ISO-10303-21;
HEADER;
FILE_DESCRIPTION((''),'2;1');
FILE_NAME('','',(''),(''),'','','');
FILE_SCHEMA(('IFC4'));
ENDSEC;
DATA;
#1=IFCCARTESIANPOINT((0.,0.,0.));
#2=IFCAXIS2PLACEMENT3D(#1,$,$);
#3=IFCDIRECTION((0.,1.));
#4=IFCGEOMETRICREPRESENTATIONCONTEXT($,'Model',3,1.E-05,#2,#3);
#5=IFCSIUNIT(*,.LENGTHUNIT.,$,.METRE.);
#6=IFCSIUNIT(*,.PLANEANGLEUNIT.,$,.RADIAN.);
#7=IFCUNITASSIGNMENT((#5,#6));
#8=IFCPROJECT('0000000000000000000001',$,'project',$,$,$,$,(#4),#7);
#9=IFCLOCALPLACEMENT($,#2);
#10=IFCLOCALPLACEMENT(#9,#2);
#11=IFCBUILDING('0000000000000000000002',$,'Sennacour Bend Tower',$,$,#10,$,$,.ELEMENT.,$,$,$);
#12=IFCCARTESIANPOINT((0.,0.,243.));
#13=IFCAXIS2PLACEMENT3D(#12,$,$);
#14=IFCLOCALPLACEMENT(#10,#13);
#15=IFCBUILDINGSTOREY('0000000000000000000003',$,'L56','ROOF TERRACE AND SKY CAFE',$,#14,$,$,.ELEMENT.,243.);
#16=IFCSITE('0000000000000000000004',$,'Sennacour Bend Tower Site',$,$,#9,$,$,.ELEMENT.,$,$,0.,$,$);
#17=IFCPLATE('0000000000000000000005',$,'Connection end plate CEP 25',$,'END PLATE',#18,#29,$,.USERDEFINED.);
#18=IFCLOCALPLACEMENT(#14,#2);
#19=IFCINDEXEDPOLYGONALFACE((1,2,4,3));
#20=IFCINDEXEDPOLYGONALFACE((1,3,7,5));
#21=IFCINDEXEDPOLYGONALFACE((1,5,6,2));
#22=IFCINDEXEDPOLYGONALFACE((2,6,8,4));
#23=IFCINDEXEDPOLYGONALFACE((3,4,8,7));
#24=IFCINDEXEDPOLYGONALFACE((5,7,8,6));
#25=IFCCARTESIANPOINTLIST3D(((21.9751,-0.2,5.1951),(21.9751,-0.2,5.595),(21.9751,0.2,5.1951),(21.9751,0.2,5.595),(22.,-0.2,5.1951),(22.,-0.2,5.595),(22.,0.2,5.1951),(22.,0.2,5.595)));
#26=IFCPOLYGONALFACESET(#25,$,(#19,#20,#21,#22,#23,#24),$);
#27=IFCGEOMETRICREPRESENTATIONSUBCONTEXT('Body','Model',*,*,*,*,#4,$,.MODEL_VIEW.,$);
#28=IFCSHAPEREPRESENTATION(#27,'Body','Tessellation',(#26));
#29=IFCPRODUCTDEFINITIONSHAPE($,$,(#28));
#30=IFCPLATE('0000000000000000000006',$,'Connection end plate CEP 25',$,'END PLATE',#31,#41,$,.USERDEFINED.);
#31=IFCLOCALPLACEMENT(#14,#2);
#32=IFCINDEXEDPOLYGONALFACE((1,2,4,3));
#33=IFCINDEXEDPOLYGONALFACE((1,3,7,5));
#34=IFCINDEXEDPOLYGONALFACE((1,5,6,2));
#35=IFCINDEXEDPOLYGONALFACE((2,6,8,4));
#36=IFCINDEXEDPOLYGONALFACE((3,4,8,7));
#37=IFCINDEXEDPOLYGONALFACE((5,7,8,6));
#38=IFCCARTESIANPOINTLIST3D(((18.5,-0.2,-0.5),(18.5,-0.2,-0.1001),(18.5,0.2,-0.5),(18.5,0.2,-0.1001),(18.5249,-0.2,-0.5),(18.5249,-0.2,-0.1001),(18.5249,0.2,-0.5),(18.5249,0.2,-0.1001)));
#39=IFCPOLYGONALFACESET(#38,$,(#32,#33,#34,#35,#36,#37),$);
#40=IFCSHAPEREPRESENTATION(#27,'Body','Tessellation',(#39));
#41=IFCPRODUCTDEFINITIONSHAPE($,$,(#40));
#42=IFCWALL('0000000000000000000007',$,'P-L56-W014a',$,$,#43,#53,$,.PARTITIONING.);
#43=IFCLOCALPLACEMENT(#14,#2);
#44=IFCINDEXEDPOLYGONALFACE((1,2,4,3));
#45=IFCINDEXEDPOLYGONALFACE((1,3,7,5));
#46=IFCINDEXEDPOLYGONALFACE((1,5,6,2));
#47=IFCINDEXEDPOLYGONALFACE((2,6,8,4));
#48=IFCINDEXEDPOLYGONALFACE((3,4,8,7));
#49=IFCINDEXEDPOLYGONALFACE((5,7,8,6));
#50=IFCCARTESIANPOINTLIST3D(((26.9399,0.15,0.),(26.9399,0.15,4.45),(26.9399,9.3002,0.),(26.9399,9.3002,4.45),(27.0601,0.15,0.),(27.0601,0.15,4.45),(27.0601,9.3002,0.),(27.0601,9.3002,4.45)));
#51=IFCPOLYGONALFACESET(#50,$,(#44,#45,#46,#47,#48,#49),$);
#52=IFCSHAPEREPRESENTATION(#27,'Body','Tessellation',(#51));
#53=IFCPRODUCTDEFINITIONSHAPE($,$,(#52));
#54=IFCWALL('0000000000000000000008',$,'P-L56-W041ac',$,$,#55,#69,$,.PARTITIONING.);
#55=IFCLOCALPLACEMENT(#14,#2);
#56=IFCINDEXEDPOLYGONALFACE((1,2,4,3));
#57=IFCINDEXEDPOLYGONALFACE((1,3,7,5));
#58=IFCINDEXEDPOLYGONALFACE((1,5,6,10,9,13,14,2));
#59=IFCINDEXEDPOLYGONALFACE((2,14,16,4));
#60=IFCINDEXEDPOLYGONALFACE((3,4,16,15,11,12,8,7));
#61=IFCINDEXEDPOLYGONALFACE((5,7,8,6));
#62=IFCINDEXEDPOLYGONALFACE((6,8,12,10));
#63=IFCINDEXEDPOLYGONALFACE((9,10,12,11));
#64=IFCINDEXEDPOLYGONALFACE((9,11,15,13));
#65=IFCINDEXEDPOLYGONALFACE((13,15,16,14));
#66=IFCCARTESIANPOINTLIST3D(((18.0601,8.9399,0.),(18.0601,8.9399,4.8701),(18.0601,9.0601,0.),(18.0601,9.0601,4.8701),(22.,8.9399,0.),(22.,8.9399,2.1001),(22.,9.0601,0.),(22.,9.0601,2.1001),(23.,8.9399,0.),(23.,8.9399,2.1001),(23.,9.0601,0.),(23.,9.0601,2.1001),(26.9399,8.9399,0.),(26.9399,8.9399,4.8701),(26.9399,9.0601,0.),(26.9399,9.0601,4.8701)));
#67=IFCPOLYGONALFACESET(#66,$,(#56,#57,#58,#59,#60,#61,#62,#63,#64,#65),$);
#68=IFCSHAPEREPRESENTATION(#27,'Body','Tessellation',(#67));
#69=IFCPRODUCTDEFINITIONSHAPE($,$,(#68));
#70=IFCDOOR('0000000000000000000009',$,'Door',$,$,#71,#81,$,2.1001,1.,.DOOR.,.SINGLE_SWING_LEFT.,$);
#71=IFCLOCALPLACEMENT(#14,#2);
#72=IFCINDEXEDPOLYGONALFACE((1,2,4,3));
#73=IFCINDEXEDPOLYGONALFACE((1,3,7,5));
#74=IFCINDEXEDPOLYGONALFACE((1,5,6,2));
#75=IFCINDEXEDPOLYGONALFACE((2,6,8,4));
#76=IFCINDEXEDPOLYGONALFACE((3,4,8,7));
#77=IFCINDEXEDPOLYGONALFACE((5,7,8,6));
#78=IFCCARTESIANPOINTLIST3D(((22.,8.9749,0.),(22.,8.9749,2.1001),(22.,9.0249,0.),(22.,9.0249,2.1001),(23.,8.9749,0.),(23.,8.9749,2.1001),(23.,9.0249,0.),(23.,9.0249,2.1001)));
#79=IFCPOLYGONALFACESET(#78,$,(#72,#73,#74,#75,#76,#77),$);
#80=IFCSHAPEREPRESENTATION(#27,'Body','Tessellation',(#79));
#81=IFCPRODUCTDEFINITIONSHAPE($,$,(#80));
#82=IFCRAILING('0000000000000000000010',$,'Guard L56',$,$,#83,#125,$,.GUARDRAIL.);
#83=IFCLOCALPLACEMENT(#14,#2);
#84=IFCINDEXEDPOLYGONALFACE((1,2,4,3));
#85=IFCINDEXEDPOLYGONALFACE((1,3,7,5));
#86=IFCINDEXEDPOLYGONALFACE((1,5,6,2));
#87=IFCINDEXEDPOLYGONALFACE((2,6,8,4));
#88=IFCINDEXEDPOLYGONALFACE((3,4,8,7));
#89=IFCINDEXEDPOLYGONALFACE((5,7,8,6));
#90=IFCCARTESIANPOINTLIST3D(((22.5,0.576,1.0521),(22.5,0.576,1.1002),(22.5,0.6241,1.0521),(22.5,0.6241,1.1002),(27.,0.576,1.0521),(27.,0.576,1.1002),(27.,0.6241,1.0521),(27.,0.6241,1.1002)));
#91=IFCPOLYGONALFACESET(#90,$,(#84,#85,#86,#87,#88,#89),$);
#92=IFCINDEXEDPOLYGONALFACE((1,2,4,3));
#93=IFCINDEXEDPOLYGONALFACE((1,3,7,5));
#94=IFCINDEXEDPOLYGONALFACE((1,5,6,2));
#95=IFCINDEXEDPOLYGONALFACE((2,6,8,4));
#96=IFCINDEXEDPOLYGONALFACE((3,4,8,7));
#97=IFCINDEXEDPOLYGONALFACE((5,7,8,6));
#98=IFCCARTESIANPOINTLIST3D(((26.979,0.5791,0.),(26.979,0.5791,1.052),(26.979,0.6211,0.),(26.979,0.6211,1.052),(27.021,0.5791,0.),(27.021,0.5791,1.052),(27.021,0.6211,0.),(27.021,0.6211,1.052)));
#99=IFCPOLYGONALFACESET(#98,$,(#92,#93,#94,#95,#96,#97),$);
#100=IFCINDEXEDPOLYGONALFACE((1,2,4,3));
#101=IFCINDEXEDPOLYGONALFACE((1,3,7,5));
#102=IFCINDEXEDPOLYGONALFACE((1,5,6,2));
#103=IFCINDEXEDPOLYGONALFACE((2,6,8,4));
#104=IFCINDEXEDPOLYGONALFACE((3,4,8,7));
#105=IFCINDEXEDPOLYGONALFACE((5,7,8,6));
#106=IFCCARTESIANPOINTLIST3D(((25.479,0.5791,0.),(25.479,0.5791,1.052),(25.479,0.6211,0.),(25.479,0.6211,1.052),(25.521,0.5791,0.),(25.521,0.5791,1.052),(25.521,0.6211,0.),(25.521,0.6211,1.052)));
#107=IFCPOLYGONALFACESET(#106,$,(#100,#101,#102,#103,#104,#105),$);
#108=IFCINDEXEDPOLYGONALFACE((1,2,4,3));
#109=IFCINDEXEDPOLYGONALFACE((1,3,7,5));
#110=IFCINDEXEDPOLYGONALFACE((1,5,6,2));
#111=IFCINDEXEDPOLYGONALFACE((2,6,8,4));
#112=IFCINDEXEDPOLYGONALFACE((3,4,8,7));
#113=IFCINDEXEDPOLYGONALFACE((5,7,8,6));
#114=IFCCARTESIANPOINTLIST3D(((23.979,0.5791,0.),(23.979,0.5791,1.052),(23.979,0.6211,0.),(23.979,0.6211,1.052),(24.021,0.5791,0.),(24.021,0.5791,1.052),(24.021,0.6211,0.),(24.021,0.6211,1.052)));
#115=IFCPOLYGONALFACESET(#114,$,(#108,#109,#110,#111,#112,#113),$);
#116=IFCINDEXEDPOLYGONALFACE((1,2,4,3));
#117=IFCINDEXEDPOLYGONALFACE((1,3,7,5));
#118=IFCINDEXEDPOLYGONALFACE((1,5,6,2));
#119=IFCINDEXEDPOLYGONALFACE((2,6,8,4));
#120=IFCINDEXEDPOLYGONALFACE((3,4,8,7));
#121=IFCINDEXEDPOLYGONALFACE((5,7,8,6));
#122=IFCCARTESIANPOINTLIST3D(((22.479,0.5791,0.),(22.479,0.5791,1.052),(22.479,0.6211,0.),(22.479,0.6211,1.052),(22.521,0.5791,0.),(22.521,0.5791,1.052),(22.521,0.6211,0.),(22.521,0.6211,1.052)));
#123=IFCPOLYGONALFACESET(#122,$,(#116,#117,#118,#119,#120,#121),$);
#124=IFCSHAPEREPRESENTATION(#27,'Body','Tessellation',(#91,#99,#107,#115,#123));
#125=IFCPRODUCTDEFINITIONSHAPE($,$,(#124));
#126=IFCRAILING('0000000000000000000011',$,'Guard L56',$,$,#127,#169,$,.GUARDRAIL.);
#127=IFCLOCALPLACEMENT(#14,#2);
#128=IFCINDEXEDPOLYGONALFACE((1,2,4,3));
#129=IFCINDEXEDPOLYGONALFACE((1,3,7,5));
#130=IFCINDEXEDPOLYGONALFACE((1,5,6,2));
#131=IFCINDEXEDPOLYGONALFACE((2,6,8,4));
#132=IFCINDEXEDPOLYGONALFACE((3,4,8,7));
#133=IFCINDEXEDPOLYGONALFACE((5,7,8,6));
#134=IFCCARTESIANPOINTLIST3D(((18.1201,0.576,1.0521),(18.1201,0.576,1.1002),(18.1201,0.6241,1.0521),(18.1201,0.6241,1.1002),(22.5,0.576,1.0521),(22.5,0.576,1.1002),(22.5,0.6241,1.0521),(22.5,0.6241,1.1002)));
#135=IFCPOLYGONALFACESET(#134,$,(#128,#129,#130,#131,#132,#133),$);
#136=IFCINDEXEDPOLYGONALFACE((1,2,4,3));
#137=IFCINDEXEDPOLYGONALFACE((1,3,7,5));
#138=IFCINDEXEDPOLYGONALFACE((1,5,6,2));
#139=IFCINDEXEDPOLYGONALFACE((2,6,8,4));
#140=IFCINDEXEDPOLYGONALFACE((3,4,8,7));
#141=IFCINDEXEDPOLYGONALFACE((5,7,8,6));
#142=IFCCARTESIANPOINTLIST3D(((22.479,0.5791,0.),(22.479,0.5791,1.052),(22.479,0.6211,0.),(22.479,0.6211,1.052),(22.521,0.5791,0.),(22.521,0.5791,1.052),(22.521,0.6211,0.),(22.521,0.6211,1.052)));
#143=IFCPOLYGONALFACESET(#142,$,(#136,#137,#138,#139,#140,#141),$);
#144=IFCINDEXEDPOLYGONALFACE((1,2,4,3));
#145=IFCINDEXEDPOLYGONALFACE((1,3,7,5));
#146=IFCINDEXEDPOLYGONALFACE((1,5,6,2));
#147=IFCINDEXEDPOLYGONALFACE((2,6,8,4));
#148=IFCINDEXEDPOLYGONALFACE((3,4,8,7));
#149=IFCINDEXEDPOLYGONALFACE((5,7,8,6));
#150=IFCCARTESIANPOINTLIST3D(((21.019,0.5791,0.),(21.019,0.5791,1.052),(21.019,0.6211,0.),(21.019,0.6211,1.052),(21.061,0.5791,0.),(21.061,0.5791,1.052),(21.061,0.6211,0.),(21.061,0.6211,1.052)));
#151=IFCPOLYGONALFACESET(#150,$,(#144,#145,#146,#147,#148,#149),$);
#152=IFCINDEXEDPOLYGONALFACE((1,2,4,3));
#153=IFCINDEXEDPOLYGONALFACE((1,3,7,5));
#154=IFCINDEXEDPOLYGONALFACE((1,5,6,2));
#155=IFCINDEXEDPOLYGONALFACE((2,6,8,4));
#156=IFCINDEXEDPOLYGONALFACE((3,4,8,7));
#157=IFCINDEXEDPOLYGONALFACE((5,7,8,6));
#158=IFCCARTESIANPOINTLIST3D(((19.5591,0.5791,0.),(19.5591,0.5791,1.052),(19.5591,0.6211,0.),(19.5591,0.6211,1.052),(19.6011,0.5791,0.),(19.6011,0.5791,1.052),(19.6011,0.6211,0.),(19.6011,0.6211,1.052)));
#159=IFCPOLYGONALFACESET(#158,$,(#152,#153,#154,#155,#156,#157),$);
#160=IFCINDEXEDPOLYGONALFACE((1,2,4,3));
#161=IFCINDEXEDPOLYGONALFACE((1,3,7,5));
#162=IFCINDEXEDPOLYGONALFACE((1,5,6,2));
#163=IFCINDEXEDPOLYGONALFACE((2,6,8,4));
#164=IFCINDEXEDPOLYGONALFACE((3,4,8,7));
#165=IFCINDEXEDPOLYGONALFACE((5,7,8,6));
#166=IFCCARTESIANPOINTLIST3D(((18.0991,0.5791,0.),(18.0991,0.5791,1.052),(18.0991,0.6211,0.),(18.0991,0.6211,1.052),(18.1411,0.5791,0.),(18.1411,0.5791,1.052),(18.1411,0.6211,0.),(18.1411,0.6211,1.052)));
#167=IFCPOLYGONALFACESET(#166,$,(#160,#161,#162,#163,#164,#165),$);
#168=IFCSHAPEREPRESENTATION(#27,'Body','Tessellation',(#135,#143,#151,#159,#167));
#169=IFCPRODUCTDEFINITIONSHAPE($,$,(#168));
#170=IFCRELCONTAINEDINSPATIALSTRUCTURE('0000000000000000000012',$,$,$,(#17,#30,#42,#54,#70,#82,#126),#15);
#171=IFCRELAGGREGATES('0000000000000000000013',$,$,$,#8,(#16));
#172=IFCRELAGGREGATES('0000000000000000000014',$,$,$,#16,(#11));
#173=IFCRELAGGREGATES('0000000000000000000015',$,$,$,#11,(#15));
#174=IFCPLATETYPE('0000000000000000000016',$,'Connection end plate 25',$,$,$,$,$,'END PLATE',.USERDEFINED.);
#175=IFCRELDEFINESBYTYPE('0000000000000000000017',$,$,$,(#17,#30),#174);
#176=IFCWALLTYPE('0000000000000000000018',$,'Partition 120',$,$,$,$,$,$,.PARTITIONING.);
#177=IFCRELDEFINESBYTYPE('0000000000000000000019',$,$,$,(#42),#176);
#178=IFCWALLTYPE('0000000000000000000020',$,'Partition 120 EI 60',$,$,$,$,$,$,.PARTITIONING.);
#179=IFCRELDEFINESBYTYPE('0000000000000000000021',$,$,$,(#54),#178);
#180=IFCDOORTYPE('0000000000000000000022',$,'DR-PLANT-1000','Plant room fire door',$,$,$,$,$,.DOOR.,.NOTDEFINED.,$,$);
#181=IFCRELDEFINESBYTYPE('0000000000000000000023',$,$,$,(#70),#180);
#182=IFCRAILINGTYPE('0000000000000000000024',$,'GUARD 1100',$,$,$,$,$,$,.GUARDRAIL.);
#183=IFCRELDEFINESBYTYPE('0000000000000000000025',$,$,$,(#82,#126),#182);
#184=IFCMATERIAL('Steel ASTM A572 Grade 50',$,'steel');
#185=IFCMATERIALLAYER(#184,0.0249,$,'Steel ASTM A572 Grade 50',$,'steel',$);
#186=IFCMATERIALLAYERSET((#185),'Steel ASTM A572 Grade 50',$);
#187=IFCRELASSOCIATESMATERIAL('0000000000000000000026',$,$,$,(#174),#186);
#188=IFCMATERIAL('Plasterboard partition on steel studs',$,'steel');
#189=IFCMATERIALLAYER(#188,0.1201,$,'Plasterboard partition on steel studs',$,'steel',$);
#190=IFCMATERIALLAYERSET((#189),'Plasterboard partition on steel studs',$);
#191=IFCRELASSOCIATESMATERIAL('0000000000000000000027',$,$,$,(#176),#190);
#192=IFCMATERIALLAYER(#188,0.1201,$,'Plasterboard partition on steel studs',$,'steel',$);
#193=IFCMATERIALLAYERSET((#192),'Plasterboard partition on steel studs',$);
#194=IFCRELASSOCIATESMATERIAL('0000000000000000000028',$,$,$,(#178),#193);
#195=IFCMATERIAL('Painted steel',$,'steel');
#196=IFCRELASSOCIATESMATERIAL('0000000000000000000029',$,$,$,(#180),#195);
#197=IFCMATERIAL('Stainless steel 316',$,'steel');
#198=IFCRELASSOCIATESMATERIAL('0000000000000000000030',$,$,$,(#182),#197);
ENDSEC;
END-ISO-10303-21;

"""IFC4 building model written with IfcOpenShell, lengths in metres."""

from ifc_helpers import new_model, si_unit, direction, frame, frame_2d, origin, origin_2d, place, context, subcontext, project, spatial, rectangle, extrude, material, layer, layer_set, type_object, element, fill, save


model = new_model("IFC4")

# Units and contexts
model_context = context("Model", 3, precision=1e-05, world=origin(), true_north=direction((0.0, 1.0)))
body_context = subcontext(model_context, "Body", "Model", "MODEL_VIEW")
ifc_project = project(units=[si_unit("LENGTHUNIT", "METRE"), si_unit("PLANEANGLEUNIT", "RADIAN")], contexts=[model_context])

# Site, building, storey
site_placement = place(None, origin())
site = spatial("IfcSite", under=ifc_project, at=site_placement, Name="Sennacour Bend Tower Site", CompositionType="ELEMENT", RefElevation=0.0)
building_placement = place(site_placement, origin())
building = spatial("IfcBuilding", under=site, at=building_placement, Name="Sennacour Bend Tower", CompositionType="ELEMENT")
storey_placement = place(building_placement, frame((0.0, 0.0, 243.0)))
storey = spatial("IfcBuildingStorey", under=building, at=storey_placement, Name="L56", Description="ROOF TERRACE AND SKY CAFE", CompositionType="ELEMENT", Elevation=243.0)

# Shared definitions
ifc_material_1 = material(Name="Steel ASTM A572 Grade 50", Category="steel")

# Plates
ifc_layer_1 = layer(ifc_material_1, 0.0249, Name="Steel ASTM A572 Grade 50", Category="steel")
ifc_layer_set_1 = layer_set([ifc_layer_1], Name="Steel ASTM A572 Grade 50")
plate_type_1 = type_object("IfcPlateType", Name="Connection end plate 25", ElementType="END PLATE", PredefinedType="USERDEFINED", material=ifc_layer_set_1)
for number, where, z_axis, x_axis, name in (
    (1, (21.9875, 0.0, 5.1951), (0.0, 0.0, 1.0), (1.0, 0.0, 0.0), "Connection end plate CEP 25"),
    (2, (18.5125, 0.0, -0.5), (0.0, 0.0, 1.0), (-1.0, 0.0, 0.0), "Connection end plate CEP 25"),
):
    element("IfcPlate", number, at=place(storey_placement, frame(where, z_axis=z_axis, x_axis=x_axis)), inside=storey, type_object=plate_type_1, Name=name, ObjectType="END PLATE", PredefinedType="USERDEFINED", context=body_context, shape_type="SweptSolid", body=[
        extrude(rectangle(XDim=0.0249, YDim=0.3999, at=origin_2d()), origin(), (0.0, 0.0, 1.0), 0.3999),
    ])

# Wall
ifc_material_2 = material(Name="Plasterboard partition on steel studs", Category="steel")
ifc_layer_2 = layer(ifc_material_2, 0.1201, Name="Plasterboard partition on steel studs", Category="steel")
ifc_layer_set_2 = layer_set([ifc_layer_2], Name="Plasterboard partition on steel studs")
wall_type_1 = type_object("IfcWallType", Name="Partition 120", PredefinedType="PARTITIONING", material=ifc_layer_set_2)
wall_1_placement = place(storey_placement, frame((27.0, 0.1499, 0.0), z_axis=(0.0, 0.0, 1.0), x_axis=(0.0, 1.0, 0.0)))
element("IfcWall", 3, at=wall_1_placement, inside=storey, type_object=wall_type_1, Name="P-L56-W014a", PredefinedType="PARTITIONING", context=body_context, shape_type="SweptSolid", body=[
    extrude(rectangle(XDim=9.1501, YDim=0.1201, at=frame_2d((4.5752, 0.0))), origin(), (0.0, 0.0, 1.0), 4.45),
])

# Wall, opening, door
ifc_layer_3 = layer(ifc_material_2, 0.1201, Name="Plasterboard partition on steel studs", Category="steel")
ifc_layer_set_3 = layer_set([ifc_layer_3], Name="Plasterboard partition on steel studs")
wall_type_2 = type_object("IfcWallType", Name="Partition 120 EI 60", PredefinedType="PARTITIONING", material=ifc_layer_set_3)
wall_2_placement = place(storey_placement, frame((18.0601, 9.0, 0.0), z_axis=(0.0, 0.0, 1.0), x_axis=(1.0, 0.0, 0.0)))
wall_2 = element("IfcWall", 4, at=wall_2_placement, inside=storey, type_object=wall_type_2, Name="P-L56-W041ac", PredefinedType="PARTITIONING", context=body_context, shape_type="SweptSolid", body=[
    extrude(rectangle(XDim=8.8799, YDim=0.1201, at=frame_2d((4.4399, 0.0))), origin(), (0.0, 0.0, 1.0), 4.8701),
])
opening_placement = place(wall_2_placement, frame((3.9399, 0.0, 0.0)))
opening = element("IfcOpeningElement", 5, at=opening_placement, cuts=wall_2, PredefinedType="OPENING", context=body_context, shape_type="SweptSolid", body=[
    extrude(rectangle(XDim=1.0, YDim=2.1001, at=frame_2d((0.5, 1.05))), frame((0.0, 0.0701, 0.0), z_axis=(0.0, -1.0, 0.0), x_axis=(1.0, 0.0, 0.0)), (0.0, 0.0, 1.0), 0.1401),
])
ifc_material_3 = material(Name="Painted steel", Category="steel")
door_type = type_object("IfcDoorType", Name="DR-PLANT-1000", Description="Plant room fire door", OperationType="NOTDEFINED", PredefinedType="DOOR", material=ifc_material_3)
door_placement = place(opening_placement, origin())
door = element("IfcDoor", 6, at=door_placement, inside=storey, type_object=door_type, Name="Door", OperationType="SINGLE_SWING_LEFT", OverallHeight=2.1001, OverallWidth=1.0, PredefinedType="DOOR", context=body_context, shape_type="SweptSolid", body=[
    extrude(rectangle(XDim=1.0, YDim=2.1001, at=frame_2d((0.5, 1.05))), frame((0.0, 0.0249, 0.0), z_axis=(0.0, -1.0, 0.0), x_axis=(1.0, 0.0, 0.0)), (0.0, 0.0, 1.0), 0.05),
])
fill(opening, door)

# Railings
ifc_material_4 = material(Name="Stainless steel 316", Category="steel")
railing_type = type_object("IfcRailingType", Name="GUARD 1100", PredefinedType="GUARDRAIL", material=ifc_material_4)
railing_1_placement = place(storey_placement, frame((27.0, 0.6001, 0.0)))
element("IfcRailing", 7, at=railing_1_placement, inside=storey, type_object=railing_type, Name="Guard L56", PredefinedType="GUARDRAIL", context=body_context, shape_type="SweptSolid", body=[
    extrude(rectangle(XDim=0.0481, YDim=0.0481, at=origin_2d()), frame((0.0, 0.0, 1.0762), z_axis=(-1.0, 0.0, 0.0), x_axis=(0.0, -1.0, 0.0)), (0.0, 0.0, 1.0), 4.5),
    extrude(rectangle(XDim=0.042, YDim=0.042, at=origin_2d()), origin(), (0.0, 0.0, 1.0), 1.052),
    extrude(rectangle(XDim=0.042, YDim=0.042, at=origin_2d()), frame((-1.5, 0.0, 0.0)), (0.0, 0.0, 1.0), 1.052),
    extrude(rectangle(XDim=0.042, YDim=0.042, at=origin_2d()), frame((-3.0, 0.0, 0.0)), (0.0, 0.0, 1.0), 1.052),
    extrude(rectangle(XDim=0.042, YDim=0.042, at=origin_2d()), frame((-4.5, 0.0, 0.0)), (0.0, 0.0, 1.0), 1.052),
])
railing_2_placement = place(storey_placement, frame((22.5, 0.6001, 0.0)))
element("IfcRailing", 8, at=railing_2_placement, inside=storey, type_object=railing_type, Name="Guard L56", PredefinedType="GUARDRAIL", context=body_context, shape_type="SweptSolid", body=[
    extrude(rectangle(XDim=0.0481, YDim=0.0481, at=origin_2d()), frame((0.0, 0.0, 1.0762), z_axis=(-1.0, 0.0, 0.0), x_axis=(0.0, -1.0, 0.0)), (0.0, 0.0, 1.0), 4.3799),
    extrude(rectangle(XDim=0.042, YDim=0.042, at=origin_2d()), origin(), (0.0, 0.0, 1.0), 1.052),
    extrude(rectangle(XDim=0.042, YDim=0.042, at=origin_2d()), frame((-1.46, 0.0, 0.0)), (0.0, 0.0, 1.0), 1.052),
    extrude(rectangle(XDim=0.042, YDim=0.042, at=origin_2d()), frame((-2.9199, 0.0, 0.0)), (0.0, 0.0, 1.0), 1.052),
    extrude(rectangle(XDim=0.042, YDim=0.042, at=origin_2d()), frame((-4.3799, 0.0, 0.0)), (0.0, 0.0, 1.0), 1.052),
])

save(model, "model.ifc")
